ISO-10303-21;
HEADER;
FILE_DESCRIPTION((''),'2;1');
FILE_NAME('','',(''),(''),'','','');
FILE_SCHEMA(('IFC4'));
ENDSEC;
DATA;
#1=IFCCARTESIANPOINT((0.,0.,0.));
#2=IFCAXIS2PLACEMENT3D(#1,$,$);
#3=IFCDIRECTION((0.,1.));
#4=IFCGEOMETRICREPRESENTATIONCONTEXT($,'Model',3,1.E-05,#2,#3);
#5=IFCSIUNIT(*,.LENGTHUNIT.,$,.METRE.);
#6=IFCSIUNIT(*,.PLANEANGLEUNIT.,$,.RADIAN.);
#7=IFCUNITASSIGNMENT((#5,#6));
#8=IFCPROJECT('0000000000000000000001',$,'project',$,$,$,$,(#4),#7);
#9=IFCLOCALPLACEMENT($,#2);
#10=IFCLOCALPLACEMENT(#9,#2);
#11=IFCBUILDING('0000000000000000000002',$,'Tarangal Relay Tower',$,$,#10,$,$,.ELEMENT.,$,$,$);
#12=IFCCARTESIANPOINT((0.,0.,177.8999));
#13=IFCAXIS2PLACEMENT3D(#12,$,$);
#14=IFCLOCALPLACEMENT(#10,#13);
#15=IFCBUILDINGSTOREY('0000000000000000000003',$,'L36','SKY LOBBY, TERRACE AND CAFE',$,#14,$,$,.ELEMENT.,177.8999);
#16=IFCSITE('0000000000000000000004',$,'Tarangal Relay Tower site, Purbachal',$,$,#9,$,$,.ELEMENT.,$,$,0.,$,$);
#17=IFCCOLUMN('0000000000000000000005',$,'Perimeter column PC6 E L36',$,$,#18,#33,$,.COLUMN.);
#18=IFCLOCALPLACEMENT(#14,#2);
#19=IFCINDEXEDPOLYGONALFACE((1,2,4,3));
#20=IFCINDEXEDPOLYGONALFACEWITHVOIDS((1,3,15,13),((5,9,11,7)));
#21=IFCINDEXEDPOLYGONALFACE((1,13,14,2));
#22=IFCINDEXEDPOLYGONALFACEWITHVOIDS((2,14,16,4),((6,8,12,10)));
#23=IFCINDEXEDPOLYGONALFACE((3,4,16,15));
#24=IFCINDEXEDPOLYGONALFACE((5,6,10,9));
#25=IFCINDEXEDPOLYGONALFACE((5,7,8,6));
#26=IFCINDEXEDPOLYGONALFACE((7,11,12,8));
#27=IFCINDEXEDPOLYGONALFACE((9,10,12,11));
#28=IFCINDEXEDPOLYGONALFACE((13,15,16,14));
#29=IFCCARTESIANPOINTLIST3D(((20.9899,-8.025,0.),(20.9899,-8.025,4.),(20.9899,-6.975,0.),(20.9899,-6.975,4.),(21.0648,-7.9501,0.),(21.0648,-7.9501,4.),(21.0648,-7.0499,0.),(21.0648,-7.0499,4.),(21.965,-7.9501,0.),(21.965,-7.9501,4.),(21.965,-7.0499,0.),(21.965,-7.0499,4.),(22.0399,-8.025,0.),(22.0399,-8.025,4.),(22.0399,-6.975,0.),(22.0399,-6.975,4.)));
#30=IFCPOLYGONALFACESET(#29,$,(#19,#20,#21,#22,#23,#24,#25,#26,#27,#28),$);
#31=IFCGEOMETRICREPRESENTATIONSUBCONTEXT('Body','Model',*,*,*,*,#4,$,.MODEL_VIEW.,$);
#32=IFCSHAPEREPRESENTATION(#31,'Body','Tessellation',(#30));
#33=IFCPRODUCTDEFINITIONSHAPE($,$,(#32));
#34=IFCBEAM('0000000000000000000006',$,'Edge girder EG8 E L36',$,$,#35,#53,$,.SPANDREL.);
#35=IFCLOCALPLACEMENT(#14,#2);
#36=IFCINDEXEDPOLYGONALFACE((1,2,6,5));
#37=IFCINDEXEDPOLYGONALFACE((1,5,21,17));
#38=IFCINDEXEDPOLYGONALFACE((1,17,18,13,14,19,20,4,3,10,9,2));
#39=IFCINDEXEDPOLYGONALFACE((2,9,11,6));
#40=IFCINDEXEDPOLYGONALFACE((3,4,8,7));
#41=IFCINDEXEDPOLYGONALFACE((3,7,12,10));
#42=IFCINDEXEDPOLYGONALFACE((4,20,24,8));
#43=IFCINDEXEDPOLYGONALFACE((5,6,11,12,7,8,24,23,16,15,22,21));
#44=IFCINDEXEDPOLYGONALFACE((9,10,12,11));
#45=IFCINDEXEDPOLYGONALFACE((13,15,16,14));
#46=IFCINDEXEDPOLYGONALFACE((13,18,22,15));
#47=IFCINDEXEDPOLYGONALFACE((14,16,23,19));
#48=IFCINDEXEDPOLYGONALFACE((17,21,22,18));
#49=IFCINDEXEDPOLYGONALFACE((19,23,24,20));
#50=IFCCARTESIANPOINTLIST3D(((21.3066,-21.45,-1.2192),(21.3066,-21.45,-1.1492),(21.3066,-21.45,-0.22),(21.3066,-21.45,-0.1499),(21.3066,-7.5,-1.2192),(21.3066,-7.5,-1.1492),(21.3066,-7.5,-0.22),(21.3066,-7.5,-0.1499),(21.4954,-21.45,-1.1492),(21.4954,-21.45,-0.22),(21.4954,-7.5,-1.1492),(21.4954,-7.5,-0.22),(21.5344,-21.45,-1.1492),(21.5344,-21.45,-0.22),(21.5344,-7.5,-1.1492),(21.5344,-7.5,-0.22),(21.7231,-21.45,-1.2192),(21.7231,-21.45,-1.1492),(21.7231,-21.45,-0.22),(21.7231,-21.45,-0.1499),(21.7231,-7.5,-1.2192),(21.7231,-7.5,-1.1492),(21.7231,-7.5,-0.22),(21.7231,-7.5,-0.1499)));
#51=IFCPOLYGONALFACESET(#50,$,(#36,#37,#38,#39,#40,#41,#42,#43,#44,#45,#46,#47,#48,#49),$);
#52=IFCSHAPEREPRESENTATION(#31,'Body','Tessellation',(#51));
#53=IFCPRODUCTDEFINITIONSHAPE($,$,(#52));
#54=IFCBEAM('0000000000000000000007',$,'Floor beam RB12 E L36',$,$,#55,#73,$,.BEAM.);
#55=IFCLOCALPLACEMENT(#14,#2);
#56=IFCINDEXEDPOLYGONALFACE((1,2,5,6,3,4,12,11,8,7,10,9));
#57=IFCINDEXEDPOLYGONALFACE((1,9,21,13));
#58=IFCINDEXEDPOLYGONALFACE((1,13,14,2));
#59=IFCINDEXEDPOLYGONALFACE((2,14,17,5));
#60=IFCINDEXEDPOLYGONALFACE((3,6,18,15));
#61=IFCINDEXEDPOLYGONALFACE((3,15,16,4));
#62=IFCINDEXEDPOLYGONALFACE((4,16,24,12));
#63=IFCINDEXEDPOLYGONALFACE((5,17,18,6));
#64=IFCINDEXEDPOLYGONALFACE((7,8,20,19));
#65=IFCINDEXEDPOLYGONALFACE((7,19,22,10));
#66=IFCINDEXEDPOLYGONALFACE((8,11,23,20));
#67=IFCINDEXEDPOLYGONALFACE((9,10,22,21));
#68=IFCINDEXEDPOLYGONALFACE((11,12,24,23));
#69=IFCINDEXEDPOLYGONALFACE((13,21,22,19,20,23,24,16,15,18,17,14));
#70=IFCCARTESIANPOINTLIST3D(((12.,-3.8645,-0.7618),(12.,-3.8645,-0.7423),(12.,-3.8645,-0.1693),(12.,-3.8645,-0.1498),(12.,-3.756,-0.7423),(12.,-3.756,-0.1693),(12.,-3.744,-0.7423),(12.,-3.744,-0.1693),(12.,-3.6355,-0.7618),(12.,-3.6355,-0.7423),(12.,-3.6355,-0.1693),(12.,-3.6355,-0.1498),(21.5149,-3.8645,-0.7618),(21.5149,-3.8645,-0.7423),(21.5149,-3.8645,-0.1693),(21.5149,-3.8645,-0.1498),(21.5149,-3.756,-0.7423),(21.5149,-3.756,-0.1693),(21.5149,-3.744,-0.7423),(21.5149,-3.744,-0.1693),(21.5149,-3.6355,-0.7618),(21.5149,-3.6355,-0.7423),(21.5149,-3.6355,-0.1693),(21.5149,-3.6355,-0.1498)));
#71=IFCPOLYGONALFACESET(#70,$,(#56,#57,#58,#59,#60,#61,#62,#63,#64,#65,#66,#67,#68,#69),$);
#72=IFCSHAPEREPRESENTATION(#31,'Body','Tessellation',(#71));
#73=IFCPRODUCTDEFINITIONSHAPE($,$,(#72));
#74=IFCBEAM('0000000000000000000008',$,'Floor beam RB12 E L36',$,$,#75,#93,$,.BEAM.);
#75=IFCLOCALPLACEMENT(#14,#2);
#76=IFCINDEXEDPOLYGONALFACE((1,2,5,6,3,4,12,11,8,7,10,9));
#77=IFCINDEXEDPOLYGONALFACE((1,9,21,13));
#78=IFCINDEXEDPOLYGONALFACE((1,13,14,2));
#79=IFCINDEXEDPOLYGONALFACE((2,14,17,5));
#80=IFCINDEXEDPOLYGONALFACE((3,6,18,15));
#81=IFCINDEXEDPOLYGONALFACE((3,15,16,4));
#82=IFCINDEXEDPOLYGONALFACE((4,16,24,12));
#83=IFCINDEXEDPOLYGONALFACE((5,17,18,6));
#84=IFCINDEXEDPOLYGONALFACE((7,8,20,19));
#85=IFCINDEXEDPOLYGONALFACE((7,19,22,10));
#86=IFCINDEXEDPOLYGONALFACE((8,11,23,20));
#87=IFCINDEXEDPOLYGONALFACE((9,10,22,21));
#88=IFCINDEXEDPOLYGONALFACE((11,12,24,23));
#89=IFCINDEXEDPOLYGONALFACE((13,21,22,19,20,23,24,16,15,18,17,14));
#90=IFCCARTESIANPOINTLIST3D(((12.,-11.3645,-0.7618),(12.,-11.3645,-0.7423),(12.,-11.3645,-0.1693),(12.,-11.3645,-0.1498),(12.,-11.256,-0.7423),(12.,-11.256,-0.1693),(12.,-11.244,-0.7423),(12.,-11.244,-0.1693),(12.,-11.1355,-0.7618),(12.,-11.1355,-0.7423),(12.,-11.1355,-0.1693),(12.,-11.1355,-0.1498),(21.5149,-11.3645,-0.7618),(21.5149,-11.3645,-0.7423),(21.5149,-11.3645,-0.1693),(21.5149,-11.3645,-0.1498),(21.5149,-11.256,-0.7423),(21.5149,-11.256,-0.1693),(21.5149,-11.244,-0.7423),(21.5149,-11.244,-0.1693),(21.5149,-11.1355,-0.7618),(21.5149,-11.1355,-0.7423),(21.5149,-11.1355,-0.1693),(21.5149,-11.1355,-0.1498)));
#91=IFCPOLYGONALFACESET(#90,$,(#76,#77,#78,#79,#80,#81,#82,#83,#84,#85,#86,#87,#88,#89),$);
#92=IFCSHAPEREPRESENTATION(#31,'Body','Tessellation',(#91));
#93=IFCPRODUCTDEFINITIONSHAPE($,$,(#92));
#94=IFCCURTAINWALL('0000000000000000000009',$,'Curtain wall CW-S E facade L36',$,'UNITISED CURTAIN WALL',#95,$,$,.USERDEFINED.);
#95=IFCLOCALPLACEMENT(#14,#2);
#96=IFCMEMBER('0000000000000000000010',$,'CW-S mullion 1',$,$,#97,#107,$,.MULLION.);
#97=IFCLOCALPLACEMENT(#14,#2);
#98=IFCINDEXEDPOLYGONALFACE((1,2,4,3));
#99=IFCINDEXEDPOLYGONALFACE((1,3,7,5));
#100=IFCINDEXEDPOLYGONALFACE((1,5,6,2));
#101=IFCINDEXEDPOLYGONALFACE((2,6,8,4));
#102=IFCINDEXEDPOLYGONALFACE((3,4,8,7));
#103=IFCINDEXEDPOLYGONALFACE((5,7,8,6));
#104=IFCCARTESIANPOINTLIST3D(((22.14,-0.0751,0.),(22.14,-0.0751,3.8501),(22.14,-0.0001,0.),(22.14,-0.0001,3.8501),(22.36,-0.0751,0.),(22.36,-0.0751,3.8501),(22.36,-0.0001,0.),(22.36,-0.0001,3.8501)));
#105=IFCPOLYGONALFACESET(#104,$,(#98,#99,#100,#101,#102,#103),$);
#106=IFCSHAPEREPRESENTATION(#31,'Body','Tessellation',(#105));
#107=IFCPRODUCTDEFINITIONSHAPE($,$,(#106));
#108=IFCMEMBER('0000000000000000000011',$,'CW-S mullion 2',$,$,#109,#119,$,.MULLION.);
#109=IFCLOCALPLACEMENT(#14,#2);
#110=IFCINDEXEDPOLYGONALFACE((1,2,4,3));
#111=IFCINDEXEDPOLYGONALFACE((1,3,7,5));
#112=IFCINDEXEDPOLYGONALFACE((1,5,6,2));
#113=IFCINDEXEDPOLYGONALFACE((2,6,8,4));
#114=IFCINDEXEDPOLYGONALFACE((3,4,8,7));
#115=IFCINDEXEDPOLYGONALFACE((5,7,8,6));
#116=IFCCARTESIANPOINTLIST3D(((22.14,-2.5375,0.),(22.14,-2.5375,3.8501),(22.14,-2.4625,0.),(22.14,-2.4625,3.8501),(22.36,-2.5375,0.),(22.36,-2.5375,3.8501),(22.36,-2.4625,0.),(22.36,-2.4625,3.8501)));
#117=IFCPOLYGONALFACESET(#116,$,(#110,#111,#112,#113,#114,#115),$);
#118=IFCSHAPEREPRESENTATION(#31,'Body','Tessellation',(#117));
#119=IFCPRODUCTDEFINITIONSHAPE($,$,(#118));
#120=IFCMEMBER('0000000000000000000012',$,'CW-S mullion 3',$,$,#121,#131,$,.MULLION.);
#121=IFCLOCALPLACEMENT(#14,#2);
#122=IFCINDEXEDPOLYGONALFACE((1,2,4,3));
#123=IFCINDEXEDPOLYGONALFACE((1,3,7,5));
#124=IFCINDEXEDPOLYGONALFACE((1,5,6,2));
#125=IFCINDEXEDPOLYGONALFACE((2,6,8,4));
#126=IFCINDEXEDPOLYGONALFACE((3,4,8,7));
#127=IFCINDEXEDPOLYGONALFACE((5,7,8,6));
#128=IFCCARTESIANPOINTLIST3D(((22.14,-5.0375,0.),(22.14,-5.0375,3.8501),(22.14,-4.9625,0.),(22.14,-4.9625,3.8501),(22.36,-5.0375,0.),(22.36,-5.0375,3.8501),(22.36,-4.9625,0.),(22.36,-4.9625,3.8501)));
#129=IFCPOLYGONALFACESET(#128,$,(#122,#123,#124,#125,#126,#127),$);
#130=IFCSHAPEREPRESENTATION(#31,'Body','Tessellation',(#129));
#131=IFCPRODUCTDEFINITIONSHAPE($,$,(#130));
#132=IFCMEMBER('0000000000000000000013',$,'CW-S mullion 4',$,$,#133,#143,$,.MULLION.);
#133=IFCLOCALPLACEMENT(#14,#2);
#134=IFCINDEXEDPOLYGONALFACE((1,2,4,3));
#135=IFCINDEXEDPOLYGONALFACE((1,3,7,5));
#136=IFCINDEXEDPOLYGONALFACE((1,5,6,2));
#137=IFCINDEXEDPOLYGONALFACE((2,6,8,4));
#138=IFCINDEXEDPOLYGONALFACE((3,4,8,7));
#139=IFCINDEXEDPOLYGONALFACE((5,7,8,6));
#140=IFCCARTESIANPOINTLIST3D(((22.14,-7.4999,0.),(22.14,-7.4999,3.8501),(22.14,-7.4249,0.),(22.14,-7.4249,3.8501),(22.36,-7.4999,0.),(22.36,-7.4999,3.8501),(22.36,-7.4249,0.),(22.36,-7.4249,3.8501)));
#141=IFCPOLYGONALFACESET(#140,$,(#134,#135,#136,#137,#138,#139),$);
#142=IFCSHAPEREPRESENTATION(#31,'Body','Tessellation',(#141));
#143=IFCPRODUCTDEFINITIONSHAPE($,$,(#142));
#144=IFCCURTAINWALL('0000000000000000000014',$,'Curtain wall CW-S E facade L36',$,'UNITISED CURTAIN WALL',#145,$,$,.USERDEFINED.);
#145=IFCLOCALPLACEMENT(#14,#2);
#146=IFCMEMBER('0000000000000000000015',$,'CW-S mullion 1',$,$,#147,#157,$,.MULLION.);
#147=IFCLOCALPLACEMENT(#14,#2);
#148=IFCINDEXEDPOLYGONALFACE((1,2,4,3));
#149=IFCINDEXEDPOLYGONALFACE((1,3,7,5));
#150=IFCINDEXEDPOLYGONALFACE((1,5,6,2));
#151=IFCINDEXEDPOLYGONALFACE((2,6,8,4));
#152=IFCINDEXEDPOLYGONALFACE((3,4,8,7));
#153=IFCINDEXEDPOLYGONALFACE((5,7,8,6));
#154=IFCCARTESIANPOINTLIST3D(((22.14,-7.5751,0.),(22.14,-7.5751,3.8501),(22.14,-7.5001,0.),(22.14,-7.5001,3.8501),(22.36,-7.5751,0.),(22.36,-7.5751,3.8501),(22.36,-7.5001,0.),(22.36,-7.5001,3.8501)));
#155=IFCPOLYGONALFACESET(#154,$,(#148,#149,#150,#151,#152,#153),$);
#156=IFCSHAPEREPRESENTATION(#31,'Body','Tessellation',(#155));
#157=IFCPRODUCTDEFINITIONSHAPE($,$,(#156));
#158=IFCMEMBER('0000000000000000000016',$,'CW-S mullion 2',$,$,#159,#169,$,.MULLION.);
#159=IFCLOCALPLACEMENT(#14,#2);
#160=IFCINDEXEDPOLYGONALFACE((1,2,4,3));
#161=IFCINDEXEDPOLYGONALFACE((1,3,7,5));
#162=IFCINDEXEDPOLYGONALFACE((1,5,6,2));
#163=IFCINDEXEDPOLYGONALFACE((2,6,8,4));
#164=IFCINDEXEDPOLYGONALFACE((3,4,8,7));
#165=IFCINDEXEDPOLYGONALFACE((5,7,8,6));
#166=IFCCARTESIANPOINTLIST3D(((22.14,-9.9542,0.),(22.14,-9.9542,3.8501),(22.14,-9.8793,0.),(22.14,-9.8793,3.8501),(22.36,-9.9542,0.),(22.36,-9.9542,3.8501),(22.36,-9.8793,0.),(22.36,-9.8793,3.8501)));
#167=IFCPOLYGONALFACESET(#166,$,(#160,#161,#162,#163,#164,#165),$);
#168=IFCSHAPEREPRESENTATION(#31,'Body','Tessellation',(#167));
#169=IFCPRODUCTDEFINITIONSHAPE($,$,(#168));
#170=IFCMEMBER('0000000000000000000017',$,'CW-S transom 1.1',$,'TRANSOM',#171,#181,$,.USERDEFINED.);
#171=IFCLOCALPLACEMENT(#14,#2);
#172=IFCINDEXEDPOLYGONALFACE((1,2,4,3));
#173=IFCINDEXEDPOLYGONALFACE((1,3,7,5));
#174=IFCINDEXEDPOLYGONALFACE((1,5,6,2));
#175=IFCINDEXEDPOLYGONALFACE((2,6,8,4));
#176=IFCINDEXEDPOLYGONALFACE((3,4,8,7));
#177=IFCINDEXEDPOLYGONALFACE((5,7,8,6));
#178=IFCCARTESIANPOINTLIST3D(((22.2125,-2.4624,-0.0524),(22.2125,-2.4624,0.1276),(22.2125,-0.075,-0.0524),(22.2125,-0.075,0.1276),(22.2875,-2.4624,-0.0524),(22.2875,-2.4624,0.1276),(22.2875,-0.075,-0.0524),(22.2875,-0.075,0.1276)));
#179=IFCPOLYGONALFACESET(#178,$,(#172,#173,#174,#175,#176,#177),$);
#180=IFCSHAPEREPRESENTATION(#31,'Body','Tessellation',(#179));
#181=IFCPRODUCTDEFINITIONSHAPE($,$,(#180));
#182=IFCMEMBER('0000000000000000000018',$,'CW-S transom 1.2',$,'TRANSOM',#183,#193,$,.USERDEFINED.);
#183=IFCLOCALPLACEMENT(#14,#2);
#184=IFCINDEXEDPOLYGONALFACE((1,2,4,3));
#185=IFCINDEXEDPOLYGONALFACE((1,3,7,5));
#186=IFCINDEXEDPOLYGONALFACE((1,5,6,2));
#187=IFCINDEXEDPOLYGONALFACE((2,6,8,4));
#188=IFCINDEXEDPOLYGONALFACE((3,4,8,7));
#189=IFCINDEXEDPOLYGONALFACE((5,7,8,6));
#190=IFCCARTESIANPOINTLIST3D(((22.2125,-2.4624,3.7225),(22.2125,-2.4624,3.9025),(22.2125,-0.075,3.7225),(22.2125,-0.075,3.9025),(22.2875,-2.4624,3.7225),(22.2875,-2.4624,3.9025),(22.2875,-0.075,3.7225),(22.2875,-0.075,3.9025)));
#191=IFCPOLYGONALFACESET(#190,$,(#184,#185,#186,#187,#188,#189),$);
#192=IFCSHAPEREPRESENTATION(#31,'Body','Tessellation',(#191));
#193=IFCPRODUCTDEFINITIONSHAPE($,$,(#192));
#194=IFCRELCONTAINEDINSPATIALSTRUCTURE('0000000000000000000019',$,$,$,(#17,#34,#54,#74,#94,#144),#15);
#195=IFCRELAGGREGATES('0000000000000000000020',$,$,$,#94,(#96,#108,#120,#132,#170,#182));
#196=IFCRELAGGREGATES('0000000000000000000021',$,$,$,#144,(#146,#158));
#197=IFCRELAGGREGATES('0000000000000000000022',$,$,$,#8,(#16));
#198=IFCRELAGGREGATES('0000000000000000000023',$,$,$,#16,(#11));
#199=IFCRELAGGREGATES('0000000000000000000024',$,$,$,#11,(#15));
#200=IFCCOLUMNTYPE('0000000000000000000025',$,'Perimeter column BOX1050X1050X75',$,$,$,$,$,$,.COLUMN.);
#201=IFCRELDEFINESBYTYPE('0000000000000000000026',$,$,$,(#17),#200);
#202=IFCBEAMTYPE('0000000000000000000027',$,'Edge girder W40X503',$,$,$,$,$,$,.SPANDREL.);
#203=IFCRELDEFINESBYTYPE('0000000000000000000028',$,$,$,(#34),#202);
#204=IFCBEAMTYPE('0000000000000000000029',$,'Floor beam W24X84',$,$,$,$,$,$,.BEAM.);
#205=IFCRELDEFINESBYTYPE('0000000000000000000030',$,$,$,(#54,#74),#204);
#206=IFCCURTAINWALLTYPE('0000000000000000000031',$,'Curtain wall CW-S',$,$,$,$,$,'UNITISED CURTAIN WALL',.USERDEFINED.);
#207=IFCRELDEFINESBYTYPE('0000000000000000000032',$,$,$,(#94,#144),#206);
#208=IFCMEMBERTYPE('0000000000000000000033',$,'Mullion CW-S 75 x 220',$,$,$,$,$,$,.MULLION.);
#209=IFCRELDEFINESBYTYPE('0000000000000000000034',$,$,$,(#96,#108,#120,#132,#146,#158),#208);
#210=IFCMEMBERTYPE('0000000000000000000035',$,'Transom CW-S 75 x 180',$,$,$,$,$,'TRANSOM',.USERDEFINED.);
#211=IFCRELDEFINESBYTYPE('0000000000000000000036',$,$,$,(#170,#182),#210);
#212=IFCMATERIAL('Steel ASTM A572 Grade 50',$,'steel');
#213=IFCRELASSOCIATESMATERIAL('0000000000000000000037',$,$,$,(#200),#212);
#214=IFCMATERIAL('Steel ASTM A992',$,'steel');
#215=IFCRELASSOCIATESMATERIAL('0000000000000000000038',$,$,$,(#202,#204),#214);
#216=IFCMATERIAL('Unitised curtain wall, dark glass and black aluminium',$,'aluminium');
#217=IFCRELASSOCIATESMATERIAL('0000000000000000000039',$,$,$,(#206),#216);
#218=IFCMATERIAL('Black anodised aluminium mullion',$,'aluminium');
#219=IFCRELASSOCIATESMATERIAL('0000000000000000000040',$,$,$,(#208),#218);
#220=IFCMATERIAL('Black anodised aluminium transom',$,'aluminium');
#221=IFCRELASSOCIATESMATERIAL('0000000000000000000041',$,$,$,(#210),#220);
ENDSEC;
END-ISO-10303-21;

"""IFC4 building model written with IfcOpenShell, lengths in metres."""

from ifc_helpers import new_model, si_unit, direction, frame, origin, origin_2d, place, context, subcontext, project, spatial, rectangle, hollow_rectangle, i_section, extrude, material, material_profile, profile_set, type_object, element, aggregate, save


model = new_model("IFC4")

# Units and contexts
model_context = context("Model", 3, precision=1e-05, world=origin(), true_north=direction((0.0, 1.0)))
body_context = subcontext(model_context, "Body", "Model", "MODEL_VIEW")
ifc_project = project(units=[si_unit("LENGTHUNIT", "METRE"), si_unit("PLANEANGLEUNIT", "RADIAN")], contexts=[model_context])

# Site, building, storey
site_placement = place(None, origin())
site = spatial("IfcSite", under=ifc_project, at=site_placement, Name="Tarangal Relay Tower site, Purbachal", CompositionType="ELEMENT", RefElevation=0.0)
building_placement = place(site_placement, origin())
building = spatial("IfcBuilding", under=site, at=building_placement, Name="Tarangal Relay Tower", CompositionType="ELEMENT")
storey_placement = place(building_placement, frame((0.0, 0.0, 177.8999)))
storey = spatial("IfcBuildingStorey", under=building, at=storey_placement, Name="L36", Description="SKY LOBBY, TERRACE AND CAFE", CompositionType="ELEMENT", Elevation=177.8999)

# Column
ifc_material_1 = material(Name="Steel ASTM A572 Grade 50", Category="steel")
ifc_material_profile_1 = material_profile(ifc_material_1, hollow_rectangle(XDim=1.05, YDim=1.05, WallThickness=0.075, at=origin_2d()), Name="BOX1050X1050X75")
ifc_profile_set_1 = profile_set([ifc_material_profile_1], Name="Steel ASTM A572 Grade 50")
column_type = type_object("IfcColumnType", Name="Perimeter column BOX1050X1050X75", PredefinedType="COLUMN", material=ifc_profile_set_1)
column_placement = place(storey_placement, frame((21.5149, -7.5, 0.0), z_axis=(0.0, 0.0, 1.0), x_axis=(1.0, 0.0, 0.0)))
element("IfcColumn", 1, at=column_placement, inside=storey, type_object=column_type, Name="Perimeter column PC6 E L36", PredefinedType="COLUMN", context=body_context, shape_type="SweptSolid", body=[
    extrude(hollow_rectangle(XDim=1.05, YDim=1.05, WallThickness=0.075, at=origin_2d()), origin(), (0.0, 0.0, 1.0), 4.0),
])

# Beams
ifc_material_2 = material(Name="Steel ASTM A992", Category="steel")
ifc_material_profile_2 = material_profile(ifc_material_2, i_section(OverallWidth=0.4165, OverallDepth=1.0693, WebThickness=0.0391, FlangeThickness=0.0701, at=origin_2d()), Name="W40X503")
ifc_profile_set_2 = profile_set([ifc_material_profile_2], Name="Steel ASTM A992")
beam_type_1 = type_object("IfcBeamType", Name="Edge girder W40X503", PredefinedType="SPANDREL", material=ifc_profile_set_2)
beam_placement = place(storey_placement, frame((21.5149, -7.5, -0.6846), z_axis=(0.0, -1.0, 0.0), x_axis=(1.0, 0.0, 0.0)))
element("IfcBeam", 2, at=beam_placement, inside=storey, type_object=beam_type_1, Name="Edge girder EG8 E L36", PredefinedType="SPANDREL", context=body_context, shape_type="SweptSolid", body=[
    extrude(i_section(OverallWidth=0.4165, OverallDepth=1.0693, WebThickness=0.0391, FlangeThickness=0.0701, at=origin_2d()), origin(), (0.0, 0.0, 1.0), 13.95),
])
ifc_material_profile_3 = material_profile(ifc_material_2, i_section(OverallWidth=0.229, OverallDepth=0.6121, WebThickness=0.012, FlangeThickness=0.0195, at=origin_2d()), Name="W24X84")
ifc_profile_set_3 = profile_set([ifc_material_profile_3], Name="Steel ASTM A992")
beam_type_2 = type_object("IfcBeamType", Name="Floor beam W24X84", PredefinedType="BEAM", material=ifc_profile_set_3)
for number, where, z_axis, x_axis, name in (
    (3, (12.0, -3.75, -0.4558), (1.0, 0.0, 0.0), (0.0, 1.0, 0.0), "Floor beam RB12 E L36"),
    (4, (12.0, -11.25, -0.4558), (1.0, 0.0, 0.0), (0.0, 1.0, 0.0), "Floor beam RB12 E L36"),
):
    element("IfcBeam", number, at=place(storey_placement, frame(where, z_axis=z_axis, x_axis=x_axis)), inside=storey, type_object=beam_type_2, Name=name, PredefinedType="BEAM", context=body_context, shape_type="SweptSolid", body=[
        extrude(i_section(OverallWidth=0.229, OverallDepth=0.6121, WebThickness=0.012, FlangeThickness=0.0195, at=origin_2d()), origin(), (0.0, 0.0, 1.0), 9.5149),
    ])

# Curtain walls, members
ifc_material_3 = material(Name="Unitised curtain wall, dark glass and black aluminium", Category="aluminium")
curtain_wall_type = type_object("IfcCurtainWallType", Name="Curtain wall CW-S", ElementType="UNITISED CURTAIN WALL", PredefinedType="USERDEFINED", material=ifc_material_3)
curtain_wall_1_placement = place(storey_placement, origin())
curtain_wall_1 = element("IfcCurtainWall", 5, at=curtain_wall_1_placement, inside=storey, type_object=curtain_wall_type, Name="Curtain wall CW-S E facade L36", ObjectType="UNITISED CURTAIN WALL", PredefinedType="USERDEFINED")
ifc_material_4 = material(Name="Black anodised aluminium mullion", Category="aluminium")
ifc_material_profile_4 = material_profile(ifc_material_4, rectangle(XDim=0.22, YDim=0.075, at=origin_2d()), Name="CW-SM 75X220")
ifc_profile_set_4 = profile_set([ifc_material_profile_4], Name="Black anodised aluminium mullion")
member_type_1 = type_object("IfcMemberType", Name="Mullion CW-S 75 x 220", PredefinedType="MULLION", material=ifc_profile_set_4)
member_1_placement = place(storey_placement, frame((22.25, -0.0376, 0.0), z_axis=(0.0, 0.0, 1.0), x_axis=(1.0, 0.0, 0.0)))
member_1 = element("IfcMember", 6, at=member_1_placement, type_object=member_type_1, Name="CW-S mullion 1", PredefinedType="MULLION", context=body_context, shape_type="SweptSolid", body=[
    extrude(rectangle(XDim=0.22, YDim=0.075, at=origin_2d()), origin(), (0.0, 0.0, 1.0), 3.8501),
])
member_2_placement = place(storey_placement, frame((22.25, -2.5, 0.0), z_axis=(0.0, 0.0, 1.0), x_axis=(1.0, 0.0, 0.0)))
member_2 = element("IfcMember", 7, at=member_2_placement, type_object=member_type_1, Name="CW-S mullion 2", PredefinedType="MULLION", context=body_context, shape_type="SweptSolid", body=[
    extrude(rectangle(XDim=0.22, YDim=0.075, at=origin_2d()), origin(), (0.0, 0.0, 1.0), 3.8501),
])
member_3_placement = place(storey_placement, frame((22.25, -5.0, 0.0), z_axis=(0.0, 0.0, 1.0), x_axis=(1.0, 0.0, 0.0)))
member_3 = element("IfcMember", 8, at=member_3_placement, type_object=member_type_1, Name="CW-S mullion 3", PredefinedType="MULLION", context=body_context, shape_type="SweptSolid", body=[
    extrude(rectangle(XDim=0.22, YDim=0.075, at=origin_2d()), origin(), (0.0, 0.0, 1.0), 3.8501),
])
member_4_placement = place(storey_placement, frame((22.25, -7.4624, 0.0), z_axis=(0.0, 0.0, 1.0), x_axis=(1.0, 0.0, 0.0)))
member_4 = element("IfcMember", 9, at=member_4_placement, type_object=member_type_1, Name="CW-S mullion 4", PredefinedType="MULLION", context=body_context, shape_type="SweptSolid", body=[
    extrude(rectangle(XDim=0.22, YDim=0.075, at=origin_2d()), origin(), (0.0, 0.0, 1.0), 3.8501),
])
curtain_wall_2_placement = place(storey_placement, origin())
curtain_wall_2 = element("IfcCurtainWall", 10, at=curtain_wall_2_placement, inside=storey, type_object=curtain_wall_type, Name="Curtain wall CW-S E facade L36", ObjectType="UNITISED CURTAIN WALL", PredefinedType="USERDEFINED")
member_5_placement = place(storey_placement, frame((22.25, -7.5376, 0.0), z_axis=(0.0, 0.0, 1.0), x_axis=(1.0, 0.0, 0.0)))
member_5 = element("IfcMember", 11, at=member_5_placement, type_object=member_type_1, Name="CW-S mullion 1", PredefinedType="MULLION", context=body_context, shape_type="SweptSolid", body=[
    extrude(rectangle(XDim=0.22, YDim=0.075, at=origin_2d()), origin(), (0.0, 0.0, 1.0), 3.8501),
])
member_6_placement = place(storey_placement, frame((22.25, -9.9167, 0.0), z_axis=(0.0, 0.0, 1.0), x_axis=(1.0, 0.0, 0.0)))
member_6 = element("IfcMember", 12, at=member_6_placement, type_object=member_type_1, Name="CW-S mullion 2", PredefinedType="MULLION", context=body_context, shape_type="SweptSolid", body=[
    extrude(rectangle(XDim=0.22, YDim=0.075, at=origin_2d()), origin(), (0.0, 0.0, 1.0), 3.8501),
])

# Members
ifc_material_5 = material(Name="Black anodised aluminium transom", Category="aluminium")
ifc_material_profile_5 = material_profile(ifc_material_5, rectangle(XDim=0.075, YDim=0.1799, at=origin_2d()), Name="CW-ST 75X180")
ifc_profile_set_5 = profile_set([ifc_material_profile_5], Name="Black anodised aluminium transom")
member_type_2 = type_object("IfcMemberType", Name="Transom CW-S 75 x 180", ElementType="TRANSOM", PredefinedType="USERDEFINED", material=ifc_profile_set_5)
member_7_placement = place(storey_placement, frame((22.25, -0.075, 0.0376), z_axis=(0.0, -1.0, 0.0), x_axis=(1.0, 0.0, 0.0)))
member_7 = element("IfcMember", 13, at=member_7_placement, type_object=member_type_2, Name="CW-S transom 1.1", ObjectType="TRANSOM", PredefinedType="USERDEFINED", context=body_context, shape_type="SweptSolid", body=[
    extrude(rectangle(XDim=0.075, YDim=0.1799, at=origin_2d()), origin(), (0.0, 0.0, 1.0), 2.3875),
])
member_8_placement = place(storey_placement, frame((22.25, -0.075, 3.8125), z_axis=(0.0, -1.0, 0.0), x_axis=(1.0, 0.0, 0.0)))
member_8 = element("IfcMember", 14, at=member_8_placement, type_object=member_type_2, Name="CW-S transom 1.2", ObjectType="TRANSOM", PredefinedType="USERDEFINED", context=body_context, shape_type="SweptSolid", body=[
    extrude(rectangle(XDim=0.075, YDim=0.1799, at=origin_2d()), origin(), (0.0, 0.0, 1.0), 2.3875),
])

aggregate(curtain_wall_1, [member_1, member_2, member_3, member_4, member_7, member_8])
aggregate(curtain_wall_2, [member_5, member_6])

save(model, "model.ifc")
